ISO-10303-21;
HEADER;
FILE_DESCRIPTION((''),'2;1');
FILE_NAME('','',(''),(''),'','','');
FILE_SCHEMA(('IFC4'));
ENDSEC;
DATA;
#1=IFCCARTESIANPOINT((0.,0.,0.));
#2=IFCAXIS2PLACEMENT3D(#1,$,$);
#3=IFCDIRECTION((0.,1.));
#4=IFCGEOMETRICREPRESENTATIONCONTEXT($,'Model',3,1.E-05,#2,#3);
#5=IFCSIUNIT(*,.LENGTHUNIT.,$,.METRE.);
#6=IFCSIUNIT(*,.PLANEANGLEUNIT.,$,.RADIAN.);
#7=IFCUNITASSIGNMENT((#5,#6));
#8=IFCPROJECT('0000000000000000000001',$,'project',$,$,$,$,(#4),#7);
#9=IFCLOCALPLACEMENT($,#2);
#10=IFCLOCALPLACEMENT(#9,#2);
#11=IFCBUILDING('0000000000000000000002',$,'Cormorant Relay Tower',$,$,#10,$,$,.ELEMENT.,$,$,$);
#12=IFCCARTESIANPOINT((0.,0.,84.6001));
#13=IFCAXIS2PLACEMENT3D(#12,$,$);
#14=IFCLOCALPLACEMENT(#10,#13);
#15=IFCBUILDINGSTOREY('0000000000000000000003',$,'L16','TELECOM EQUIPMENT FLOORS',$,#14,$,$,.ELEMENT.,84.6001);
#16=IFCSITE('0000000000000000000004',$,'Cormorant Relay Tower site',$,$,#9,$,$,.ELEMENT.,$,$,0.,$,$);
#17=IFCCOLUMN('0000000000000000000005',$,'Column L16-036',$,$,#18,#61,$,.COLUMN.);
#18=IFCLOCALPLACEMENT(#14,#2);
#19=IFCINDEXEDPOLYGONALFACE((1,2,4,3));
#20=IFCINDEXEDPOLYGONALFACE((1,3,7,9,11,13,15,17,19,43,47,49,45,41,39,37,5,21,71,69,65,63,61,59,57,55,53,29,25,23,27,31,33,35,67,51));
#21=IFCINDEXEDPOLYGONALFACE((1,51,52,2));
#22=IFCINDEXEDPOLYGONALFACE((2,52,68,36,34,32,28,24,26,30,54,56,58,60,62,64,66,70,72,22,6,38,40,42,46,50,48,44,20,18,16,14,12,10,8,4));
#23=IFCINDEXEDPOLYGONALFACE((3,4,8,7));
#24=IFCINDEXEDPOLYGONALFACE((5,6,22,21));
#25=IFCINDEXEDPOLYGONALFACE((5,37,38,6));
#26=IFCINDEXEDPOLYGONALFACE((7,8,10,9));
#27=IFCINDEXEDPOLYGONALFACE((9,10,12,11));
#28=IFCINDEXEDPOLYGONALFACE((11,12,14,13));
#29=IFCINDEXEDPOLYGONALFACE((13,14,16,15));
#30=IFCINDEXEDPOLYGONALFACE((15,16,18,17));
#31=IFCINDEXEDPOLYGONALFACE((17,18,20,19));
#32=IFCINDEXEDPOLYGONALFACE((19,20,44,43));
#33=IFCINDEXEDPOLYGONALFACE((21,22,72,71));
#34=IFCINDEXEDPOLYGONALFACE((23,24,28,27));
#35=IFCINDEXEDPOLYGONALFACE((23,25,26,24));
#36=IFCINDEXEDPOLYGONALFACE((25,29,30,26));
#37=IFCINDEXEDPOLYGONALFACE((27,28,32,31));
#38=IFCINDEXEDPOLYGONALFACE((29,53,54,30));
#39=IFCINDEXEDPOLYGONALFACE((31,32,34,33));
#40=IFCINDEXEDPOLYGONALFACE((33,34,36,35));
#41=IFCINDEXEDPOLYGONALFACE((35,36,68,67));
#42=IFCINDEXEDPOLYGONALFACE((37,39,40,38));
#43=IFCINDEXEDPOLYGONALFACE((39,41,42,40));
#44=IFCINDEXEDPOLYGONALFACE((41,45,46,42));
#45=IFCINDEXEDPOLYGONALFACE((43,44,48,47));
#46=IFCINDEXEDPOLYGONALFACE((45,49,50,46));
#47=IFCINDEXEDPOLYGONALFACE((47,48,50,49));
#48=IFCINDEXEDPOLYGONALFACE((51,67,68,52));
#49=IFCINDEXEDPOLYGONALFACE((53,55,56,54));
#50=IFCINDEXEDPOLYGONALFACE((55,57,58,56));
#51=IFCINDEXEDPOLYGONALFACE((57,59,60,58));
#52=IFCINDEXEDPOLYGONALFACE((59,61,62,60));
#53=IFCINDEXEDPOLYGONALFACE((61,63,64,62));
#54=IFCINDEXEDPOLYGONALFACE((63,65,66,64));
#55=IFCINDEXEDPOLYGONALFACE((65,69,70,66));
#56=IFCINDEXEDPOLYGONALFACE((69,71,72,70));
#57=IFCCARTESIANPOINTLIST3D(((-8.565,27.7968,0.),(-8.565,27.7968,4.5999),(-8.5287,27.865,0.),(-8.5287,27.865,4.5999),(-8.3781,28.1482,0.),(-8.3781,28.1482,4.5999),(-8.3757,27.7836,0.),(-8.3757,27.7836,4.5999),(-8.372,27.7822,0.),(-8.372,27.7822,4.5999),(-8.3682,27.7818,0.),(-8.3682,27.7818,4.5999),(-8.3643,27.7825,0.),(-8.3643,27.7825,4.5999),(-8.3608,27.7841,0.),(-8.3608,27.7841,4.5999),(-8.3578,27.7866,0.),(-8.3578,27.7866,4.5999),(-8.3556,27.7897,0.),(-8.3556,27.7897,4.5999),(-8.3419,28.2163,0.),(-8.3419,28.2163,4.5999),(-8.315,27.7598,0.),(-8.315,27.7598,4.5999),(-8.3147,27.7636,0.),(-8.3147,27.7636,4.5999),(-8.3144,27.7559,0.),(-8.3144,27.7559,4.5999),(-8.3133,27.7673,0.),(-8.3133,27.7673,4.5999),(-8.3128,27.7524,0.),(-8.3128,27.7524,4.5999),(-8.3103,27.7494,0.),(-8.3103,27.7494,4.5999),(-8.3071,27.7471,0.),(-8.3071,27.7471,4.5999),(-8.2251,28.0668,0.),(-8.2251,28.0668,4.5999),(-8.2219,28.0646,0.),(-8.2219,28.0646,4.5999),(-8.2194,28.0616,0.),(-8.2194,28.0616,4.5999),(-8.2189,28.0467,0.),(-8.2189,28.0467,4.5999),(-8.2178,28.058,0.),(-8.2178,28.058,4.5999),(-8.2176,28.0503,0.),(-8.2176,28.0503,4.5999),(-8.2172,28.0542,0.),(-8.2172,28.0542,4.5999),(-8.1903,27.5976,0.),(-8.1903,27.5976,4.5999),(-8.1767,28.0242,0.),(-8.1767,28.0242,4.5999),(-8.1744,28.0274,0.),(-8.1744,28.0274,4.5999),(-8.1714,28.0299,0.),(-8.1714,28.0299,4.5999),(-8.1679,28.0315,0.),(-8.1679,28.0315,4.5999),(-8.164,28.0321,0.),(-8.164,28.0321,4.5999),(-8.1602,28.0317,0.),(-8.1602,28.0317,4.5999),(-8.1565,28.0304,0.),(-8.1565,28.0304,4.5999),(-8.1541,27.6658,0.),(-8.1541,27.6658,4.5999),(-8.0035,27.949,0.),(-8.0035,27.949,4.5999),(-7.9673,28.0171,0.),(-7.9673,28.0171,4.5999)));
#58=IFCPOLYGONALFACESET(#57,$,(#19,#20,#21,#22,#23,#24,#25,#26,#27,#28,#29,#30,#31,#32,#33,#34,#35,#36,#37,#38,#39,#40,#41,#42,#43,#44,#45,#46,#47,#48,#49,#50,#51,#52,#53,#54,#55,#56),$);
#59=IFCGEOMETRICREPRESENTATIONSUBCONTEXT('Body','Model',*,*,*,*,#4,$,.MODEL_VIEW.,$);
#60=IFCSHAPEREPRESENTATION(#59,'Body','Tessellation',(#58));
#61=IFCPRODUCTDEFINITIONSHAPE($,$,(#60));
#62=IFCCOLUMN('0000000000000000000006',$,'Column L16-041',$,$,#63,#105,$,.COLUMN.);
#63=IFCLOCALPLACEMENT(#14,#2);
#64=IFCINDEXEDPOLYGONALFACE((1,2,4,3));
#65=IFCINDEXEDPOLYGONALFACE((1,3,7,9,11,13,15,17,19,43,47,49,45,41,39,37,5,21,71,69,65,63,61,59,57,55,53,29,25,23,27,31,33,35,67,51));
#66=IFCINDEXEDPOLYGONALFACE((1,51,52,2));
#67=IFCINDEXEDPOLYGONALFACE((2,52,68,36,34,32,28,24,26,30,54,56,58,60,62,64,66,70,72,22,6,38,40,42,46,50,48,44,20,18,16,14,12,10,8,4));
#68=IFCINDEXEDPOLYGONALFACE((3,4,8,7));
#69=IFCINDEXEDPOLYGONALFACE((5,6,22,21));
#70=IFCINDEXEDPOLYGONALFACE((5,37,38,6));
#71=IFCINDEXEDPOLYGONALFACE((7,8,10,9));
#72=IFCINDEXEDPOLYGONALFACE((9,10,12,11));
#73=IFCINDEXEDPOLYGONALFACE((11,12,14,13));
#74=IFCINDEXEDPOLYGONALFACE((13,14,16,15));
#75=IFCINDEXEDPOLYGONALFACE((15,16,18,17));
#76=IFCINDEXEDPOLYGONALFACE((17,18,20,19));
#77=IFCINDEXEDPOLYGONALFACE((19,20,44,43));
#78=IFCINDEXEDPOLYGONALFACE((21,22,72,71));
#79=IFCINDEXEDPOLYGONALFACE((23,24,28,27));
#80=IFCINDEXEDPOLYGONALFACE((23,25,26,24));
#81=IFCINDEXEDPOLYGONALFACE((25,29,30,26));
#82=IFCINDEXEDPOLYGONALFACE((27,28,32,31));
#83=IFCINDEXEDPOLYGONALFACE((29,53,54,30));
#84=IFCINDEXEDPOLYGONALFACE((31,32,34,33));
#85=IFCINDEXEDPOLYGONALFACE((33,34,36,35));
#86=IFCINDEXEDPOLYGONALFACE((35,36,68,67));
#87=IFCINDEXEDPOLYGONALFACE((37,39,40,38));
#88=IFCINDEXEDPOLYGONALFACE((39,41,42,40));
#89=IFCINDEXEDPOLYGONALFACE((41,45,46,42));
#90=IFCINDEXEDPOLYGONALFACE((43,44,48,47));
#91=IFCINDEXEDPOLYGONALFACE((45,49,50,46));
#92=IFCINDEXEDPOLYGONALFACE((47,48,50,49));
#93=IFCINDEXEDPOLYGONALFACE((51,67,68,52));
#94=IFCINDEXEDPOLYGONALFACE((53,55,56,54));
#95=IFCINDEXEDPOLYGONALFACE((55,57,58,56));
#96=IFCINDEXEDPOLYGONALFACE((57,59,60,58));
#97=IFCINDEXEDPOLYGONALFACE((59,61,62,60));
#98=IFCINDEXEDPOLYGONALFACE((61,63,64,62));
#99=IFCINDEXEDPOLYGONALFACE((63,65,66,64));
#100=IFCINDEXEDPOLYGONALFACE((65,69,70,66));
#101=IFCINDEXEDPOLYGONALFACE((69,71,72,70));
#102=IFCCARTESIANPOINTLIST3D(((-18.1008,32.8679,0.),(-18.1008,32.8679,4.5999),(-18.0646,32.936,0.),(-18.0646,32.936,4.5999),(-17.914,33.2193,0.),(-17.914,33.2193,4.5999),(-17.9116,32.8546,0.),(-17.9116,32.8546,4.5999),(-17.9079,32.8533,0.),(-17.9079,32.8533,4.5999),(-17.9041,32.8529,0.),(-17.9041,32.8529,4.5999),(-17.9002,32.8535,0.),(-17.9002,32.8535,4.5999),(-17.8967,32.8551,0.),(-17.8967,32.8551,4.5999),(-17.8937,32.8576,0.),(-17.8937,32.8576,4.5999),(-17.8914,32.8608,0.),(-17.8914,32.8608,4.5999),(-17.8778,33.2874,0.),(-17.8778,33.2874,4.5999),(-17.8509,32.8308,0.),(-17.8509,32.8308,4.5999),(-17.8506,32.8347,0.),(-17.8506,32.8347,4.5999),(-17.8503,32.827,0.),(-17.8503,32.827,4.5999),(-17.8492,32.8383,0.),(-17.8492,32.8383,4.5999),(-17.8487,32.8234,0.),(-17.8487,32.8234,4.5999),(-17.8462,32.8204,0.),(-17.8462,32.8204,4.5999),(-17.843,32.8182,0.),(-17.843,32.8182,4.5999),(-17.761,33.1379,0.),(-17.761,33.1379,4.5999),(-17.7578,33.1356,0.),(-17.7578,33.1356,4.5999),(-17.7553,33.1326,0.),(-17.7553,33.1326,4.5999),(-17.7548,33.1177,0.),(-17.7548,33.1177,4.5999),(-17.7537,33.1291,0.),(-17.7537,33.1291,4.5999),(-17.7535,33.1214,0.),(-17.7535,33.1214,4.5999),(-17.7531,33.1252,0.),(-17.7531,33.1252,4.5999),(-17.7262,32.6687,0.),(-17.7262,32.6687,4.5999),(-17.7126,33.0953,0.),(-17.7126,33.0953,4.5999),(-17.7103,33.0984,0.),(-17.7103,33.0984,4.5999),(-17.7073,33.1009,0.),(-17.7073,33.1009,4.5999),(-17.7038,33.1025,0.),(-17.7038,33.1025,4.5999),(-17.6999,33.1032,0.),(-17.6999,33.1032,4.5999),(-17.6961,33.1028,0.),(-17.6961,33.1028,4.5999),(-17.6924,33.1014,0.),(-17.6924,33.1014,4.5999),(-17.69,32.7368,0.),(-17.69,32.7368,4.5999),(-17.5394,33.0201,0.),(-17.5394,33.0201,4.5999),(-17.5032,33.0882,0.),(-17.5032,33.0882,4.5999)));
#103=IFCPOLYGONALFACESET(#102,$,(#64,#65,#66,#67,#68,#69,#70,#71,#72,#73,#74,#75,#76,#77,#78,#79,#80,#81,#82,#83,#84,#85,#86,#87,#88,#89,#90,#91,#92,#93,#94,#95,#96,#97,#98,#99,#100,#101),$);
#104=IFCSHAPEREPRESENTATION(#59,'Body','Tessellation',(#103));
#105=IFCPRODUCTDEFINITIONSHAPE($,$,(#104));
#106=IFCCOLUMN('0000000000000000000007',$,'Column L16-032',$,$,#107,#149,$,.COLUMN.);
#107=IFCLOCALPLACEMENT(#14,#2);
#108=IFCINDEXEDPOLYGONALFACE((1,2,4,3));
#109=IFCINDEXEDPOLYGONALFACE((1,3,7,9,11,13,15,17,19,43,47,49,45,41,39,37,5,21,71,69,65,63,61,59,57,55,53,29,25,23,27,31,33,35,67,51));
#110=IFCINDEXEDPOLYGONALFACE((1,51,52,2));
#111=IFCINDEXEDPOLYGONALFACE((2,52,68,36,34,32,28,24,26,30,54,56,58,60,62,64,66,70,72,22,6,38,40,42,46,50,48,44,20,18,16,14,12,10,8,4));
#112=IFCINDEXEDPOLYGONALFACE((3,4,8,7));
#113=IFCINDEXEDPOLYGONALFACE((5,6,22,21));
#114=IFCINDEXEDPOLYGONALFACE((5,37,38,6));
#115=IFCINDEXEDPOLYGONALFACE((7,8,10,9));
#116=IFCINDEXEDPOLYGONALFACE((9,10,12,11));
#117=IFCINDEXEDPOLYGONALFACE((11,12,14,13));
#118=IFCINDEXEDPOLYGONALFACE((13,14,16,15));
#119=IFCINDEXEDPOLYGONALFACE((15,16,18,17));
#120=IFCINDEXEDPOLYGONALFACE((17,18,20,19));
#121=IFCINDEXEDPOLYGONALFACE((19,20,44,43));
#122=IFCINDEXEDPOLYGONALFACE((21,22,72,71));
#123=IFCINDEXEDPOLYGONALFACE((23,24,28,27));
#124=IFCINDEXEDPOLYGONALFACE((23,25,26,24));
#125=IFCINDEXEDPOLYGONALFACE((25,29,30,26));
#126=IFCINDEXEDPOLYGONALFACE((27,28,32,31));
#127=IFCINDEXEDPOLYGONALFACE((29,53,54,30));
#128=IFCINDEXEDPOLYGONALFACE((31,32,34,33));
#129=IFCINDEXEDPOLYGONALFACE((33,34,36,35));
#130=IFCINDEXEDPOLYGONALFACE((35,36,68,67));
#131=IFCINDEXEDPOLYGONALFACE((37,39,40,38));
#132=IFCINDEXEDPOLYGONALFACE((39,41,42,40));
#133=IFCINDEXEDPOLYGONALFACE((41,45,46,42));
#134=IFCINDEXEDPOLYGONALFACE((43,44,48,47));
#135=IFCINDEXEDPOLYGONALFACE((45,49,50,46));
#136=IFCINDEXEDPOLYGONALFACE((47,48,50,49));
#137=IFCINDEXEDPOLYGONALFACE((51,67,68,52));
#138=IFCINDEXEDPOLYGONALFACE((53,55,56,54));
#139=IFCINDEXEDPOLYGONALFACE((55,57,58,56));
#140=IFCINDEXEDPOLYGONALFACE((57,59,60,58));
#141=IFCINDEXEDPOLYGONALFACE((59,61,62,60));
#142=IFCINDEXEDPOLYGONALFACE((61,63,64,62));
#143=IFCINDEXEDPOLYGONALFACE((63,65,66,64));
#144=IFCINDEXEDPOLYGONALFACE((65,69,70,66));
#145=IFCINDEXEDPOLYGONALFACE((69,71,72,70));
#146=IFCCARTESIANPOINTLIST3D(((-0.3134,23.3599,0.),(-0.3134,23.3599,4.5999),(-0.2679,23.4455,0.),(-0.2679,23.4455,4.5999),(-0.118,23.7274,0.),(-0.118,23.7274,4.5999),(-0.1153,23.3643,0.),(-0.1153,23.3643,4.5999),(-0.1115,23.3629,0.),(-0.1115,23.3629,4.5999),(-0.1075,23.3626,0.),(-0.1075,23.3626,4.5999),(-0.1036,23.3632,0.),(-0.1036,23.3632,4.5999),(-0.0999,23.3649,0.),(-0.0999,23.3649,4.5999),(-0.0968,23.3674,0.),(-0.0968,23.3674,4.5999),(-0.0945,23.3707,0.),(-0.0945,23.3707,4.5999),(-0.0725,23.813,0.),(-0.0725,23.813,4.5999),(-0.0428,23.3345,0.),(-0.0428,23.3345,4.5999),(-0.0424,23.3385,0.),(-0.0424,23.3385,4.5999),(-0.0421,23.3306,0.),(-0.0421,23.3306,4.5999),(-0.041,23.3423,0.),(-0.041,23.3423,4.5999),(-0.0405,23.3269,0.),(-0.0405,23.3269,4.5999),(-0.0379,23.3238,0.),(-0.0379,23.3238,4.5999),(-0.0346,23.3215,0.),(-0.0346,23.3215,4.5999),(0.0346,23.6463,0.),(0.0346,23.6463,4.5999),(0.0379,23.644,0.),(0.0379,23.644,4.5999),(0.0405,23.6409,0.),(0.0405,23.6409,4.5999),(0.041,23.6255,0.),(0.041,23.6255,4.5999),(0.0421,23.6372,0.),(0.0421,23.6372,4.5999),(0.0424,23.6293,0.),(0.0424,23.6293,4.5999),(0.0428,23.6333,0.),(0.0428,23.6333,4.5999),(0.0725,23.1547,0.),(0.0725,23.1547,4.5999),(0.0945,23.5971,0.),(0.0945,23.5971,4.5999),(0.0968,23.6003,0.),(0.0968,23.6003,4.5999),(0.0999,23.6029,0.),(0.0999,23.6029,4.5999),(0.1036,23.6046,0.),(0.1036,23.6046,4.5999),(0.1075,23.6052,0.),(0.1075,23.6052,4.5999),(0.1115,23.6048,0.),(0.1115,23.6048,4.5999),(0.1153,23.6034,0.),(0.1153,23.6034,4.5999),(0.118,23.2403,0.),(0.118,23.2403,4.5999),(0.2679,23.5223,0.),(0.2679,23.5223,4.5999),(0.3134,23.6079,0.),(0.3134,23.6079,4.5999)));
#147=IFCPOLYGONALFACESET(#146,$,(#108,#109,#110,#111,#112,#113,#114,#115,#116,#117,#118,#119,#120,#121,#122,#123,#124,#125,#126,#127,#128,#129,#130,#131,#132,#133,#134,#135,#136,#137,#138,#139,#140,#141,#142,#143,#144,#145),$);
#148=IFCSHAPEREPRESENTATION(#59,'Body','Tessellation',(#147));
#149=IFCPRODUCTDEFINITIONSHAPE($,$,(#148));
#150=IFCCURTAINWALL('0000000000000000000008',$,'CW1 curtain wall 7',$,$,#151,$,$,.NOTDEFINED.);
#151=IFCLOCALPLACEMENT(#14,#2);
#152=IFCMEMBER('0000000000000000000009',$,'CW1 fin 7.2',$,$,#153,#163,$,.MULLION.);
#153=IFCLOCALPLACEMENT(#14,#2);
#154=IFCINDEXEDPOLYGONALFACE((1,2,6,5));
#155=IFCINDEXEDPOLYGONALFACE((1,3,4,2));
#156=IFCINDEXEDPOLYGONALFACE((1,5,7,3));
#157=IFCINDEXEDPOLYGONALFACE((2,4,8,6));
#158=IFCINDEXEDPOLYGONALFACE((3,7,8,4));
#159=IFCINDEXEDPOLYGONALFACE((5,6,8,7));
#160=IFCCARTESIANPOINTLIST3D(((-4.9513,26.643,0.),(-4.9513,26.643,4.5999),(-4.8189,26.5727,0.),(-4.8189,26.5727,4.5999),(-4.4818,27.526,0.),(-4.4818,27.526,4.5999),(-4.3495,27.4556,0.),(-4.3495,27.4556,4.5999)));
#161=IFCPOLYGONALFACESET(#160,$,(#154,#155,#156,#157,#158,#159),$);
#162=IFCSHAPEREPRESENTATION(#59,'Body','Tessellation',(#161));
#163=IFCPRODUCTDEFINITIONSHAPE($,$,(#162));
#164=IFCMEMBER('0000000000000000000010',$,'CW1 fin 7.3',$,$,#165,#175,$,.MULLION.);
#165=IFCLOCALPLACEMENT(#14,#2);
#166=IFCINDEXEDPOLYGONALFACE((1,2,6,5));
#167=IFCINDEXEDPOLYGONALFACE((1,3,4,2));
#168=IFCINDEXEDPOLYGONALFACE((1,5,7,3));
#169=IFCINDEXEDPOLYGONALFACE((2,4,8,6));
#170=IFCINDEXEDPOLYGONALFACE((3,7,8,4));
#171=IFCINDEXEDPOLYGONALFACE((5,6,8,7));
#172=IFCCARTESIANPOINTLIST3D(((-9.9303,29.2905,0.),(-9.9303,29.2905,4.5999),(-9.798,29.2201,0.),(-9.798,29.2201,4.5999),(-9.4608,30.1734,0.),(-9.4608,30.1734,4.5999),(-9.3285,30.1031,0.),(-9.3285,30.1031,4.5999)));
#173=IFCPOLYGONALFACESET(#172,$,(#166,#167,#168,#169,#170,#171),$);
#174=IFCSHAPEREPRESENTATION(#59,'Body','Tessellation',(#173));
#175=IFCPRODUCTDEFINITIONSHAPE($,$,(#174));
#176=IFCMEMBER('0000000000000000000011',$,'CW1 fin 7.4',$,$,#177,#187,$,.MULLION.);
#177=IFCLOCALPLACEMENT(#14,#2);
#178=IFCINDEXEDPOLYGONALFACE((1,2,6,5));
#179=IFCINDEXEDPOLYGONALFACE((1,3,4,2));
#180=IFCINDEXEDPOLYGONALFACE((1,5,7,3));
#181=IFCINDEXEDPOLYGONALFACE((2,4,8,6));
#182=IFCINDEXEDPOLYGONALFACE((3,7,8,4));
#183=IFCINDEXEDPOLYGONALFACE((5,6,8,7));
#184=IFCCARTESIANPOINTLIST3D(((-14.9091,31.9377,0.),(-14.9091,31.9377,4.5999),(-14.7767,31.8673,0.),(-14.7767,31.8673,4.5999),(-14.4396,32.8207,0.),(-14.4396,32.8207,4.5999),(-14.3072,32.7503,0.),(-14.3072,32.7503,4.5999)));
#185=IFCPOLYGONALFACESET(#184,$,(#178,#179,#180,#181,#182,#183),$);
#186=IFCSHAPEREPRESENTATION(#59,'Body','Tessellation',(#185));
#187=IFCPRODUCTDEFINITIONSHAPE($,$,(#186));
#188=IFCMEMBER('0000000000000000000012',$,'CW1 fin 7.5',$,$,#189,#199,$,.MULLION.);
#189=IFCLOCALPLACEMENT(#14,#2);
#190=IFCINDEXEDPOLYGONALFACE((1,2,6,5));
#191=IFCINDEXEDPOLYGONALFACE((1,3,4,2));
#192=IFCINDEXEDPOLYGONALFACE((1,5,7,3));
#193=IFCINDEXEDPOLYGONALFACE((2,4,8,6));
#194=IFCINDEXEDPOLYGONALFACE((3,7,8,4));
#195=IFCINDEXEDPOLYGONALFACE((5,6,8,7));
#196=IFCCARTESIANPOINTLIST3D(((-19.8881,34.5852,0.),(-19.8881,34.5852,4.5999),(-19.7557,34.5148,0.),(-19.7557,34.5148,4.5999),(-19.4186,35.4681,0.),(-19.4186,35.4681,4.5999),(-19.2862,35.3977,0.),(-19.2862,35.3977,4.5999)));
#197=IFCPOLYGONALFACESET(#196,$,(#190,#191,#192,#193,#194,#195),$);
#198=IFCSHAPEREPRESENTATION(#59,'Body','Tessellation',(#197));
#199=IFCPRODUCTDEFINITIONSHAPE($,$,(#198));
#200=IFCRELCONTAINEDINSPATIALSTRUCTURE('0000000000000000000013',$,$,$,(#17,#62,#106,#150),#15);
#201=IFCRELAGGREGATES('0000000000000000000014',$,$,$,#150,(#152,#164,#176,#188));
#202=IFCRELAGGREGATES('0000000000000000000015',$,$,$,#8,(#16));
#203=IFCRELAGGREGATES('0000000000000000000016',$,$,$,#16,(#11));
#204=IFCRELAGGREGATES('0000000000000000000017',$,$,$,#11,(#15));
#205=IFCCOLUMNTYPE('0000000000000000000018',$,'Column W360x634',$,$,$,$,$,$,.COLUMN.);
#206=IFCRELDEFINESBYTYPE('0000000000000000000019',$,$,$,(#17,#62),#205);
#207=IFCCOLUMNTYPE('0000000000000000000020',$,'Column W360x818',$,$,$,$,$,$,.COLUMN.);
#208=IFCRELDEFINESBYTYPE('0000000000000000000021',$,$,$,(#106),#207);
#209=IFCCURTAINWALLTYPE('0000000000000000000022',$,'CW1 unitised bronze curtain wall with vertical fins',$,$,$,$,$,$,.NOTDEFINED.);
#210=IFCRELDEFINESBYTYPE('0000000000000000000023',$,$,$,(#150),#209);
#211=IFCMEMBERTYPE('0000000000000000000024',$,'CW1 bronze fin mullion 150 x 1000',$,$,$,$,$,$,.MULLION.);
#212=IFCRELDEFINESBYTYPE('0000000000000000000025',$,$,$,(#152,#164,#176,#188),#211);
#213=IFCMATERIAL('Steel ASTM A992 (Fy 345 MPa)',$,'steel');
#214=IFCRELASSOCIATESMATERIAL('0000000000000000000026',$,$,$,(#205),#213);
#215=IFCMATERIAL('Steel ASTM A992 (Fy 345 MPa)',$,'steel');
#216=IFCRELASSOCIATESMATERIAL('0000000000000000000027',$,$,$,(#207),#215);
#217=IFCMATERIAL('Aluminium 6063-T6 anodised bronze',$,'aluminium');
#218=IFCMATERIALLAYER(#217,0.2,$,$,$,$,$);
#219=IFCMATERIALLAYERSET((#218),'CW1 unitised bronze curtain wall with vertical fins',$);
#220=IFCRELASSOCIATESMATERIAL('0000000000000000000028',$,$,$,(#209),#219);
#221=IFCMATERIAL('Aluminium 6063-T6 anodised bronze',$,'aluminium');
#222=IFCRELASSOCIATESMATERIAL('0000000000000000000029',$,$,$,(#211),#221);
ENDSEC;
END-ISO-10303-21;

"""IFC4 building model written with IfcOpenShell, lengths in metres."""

from ifc_helpers import new_model, si_unit, direction, frame, origin, origin_2d, place, context, subcontext, project, spatial, rectangle, i_section, extrude, material, layer, layer_set, material_profile, profile_set, type_object, element, aggregate, save


model = new_model("IFC4")

# Units and contexts
model_context = context("Model", 3, precision=1e-05, world=origin(), true_north=direction((0.0, 1.0)))
body_context = subcontext(model_context, "Body", "Model", "MODEL_VIEW")
ifc_project = project(units=[si_unit("LENGTHUNIT", "METRE"), si_unit("PLANEANGLEUNIT", "RADIAN")], contexts=[model_context])

# Site, building, storey
site_placement = place(None, origin())
site = spatial("IfcSite", under=ifc_project, at=site_placement, Name="Cormorant Relay Tower site", CompositionType="ELEMENT", RefElevation=0.0)
building_placement = place(site_placement, origin())
building = spatial("IfcBuilding", under=site, at=building_placement, Name="Cormorant Relay Tower", CompositionType="ELEMENT")
storey_placement = place(building_placement, frame((0.0, 0.0, 84.6001)))
storey = spatial("IfcBuildingStorey", under=building, at=storey_placement, Name="L16", Description="TELECOM EQUIPMENT FLOORS", CompositionType="ELEMENT", Elevation=84.6001)

# Columns
ifc_material_1 = material(Name="Steel ASTM A992 (Fy 345 MPa)", Category="steel")
ifc_material_profile_1 = material_profile(ifc_material_1, i_section(OverallWidth=0.4243, OverallDepth=0.4751, WebThickness=0.0479, FlangeThickness=0.0771, FilletRadius=0.0149, at=origin_2d()), Name="W360x634")
ifc_profile_set_1 = profile_set([ifc_material_profile_1], Name="Steel ASTM A992 (Fy 345 MPa)")
column_type_1 = type_object("IfcColumnType", Name="Column W360x634", PredefinedType="COLUMN", material=ifc_profile_set_1)
for number, where, z_axis, x_axis, name in (
    (1, (-8.2661, 27.907, 0.0), (0.0, 0.0, 1.0), (-0.882948, 0.469472, 0.0), "Column L16-036"),
    (2, (-17.802, 32.978, 0.0), (0.0, 0.0, 1.0), (-0.882948, 0.469472, 0.0), "Column L16-041"),
):
    element("IfcColumn", number, at=place(storey_placement, frame(where, z_axis=z_axis, x_axis=x_axis)), inside=storey, type_object=column_type_1, Name=name, PredefinedType="COLUMN", context=body_context, shape_type="SweptSolid", body=[
        extrude(i_section(OverallWidth=0.4243, OverallDepth=0.4751, WebThickness=0.0479, FlangeThickness=0.0771, FilletRadius=0.0149, at=origin_2d()), origin(), (0.0, 0.0, 1.0), 4.5999),
    ])
ifc_material_2 = material(Name="Steel ASTM A992 (Fy 345 MPa)", Category="steel")
ifc_material_profile_2 = material_profile(ifc_material_2, i_section(OverallWidth=0.437, OverallDepth=0.5132, WebThickness=0.0605, FlangeThickness=0.0969, FilletRadius=0.0154, at=origin_2d()), Name="W360x818")
ifc_profile_set_2 = profile_set([ifc_material_profile_2], Name="Steel ASTM A992 (Fy 345 MPa)")
column_type_2 = type_object("IfcColumnType", Name="Column W360x818", PredefinedType="COLUMN", material=ifc_profile_set_2)
column_placement = place(storey_placement, frame((0.0, 23.4839, 0.0), z_axis=(0.0, 0.0, 1.0), x_axis=(-0.882948, 0.469472, 0.0)))
element("IfcColumn", 3, at=column_placement, inside=storey, type_object=column_type_2, Name="Column L16-032", PredefinedType="COLUMN", context=body_context, shape_type="SweptSolid", body=[
    extrude(i_section(OverallWidth=0.437, OverallDepth=0.5132, WebThickness=0.0605, FlangeThickness=0.0969, FilletRadius=0.0154, at=origin_2d()), origin(), (0.0, 0.0, 1.0), 4.5999),
])

# Curtain wall, members
ifc_material_3 = material(Name="Aluminium 6063-T6 anodised bronze", Category="aluminium")
ifc_layer_1 = layer(ifc_material_3, 0.2)
ifc_layer_set_1 = layer_set([ifc_layer_1], Name="CW1 unitised bronze curtain wall with vertical fins")
curtain_wall_type = type_object("IfcCurtainWallType", Name="CW1 unitised bronze curtain wall with vertical fins", PredefinedType="NOTDEFINED", material=ifc_layer_set_1)
curtain_wall_placement = place(storey_placement, origin())
curtain_wall = element("IfcCurtainWall", 4, at=curtain_wall_placement, inside=storey, type_object=curtain_wall_type, Name="CW1 curtain wall 7", PredefinedType="NOTDEFINED")
ifc_material_4 = material(Name="Aluminium 6063-T6 anodised bronze", Category="aluminium")
ifc_material_profile_3 = material_profile(ifc_material_4, rectangle(XDim=0.1499, YDim=1.0, at=origin_2d()), Name="AL 150x1000")
ifc_profile_set_3 = profile_set([ifc_material_profile_3], Name="Aluminium 6063-T6 anodised bronze")
member_type = type_object("IfcMemberType", Name="CW1 bronze fin mullion 150 x 1000", PredefinedType="MULLION", material=ifc_profile_set_3)
member_1_placement = place(storey_placement, frame((-4.6504, 27.0493, 0.0), z_axis=(0.0, 0.0, 1.0), x_axis=(-0.882948, 0.469472, 0.0)))
member_1 = element("IfcMember", 5, at=member_1_placement, type_object=member_type, Name="CW1 fin 7.2", PredefinedType="MULLION", context=body_context, shape_type="SweptSolid", body=[
    extrude(rectangle(XDim=0.1499, YDim=1.0, at=origin_2d()), origin(), (0.0, 0.0, 1.0), 4.5999),
])
member_2_placement = place(storey_placement, frame((-9.6294, 29.6968, 0.0), z_axis=(0.0, 0.0, 1.0), x_axis=(-0.882948, 0.469472, 0.0)))
member_2 = element("IfcMember", 6, at=member_2_placement, type_object=member_type, Name="CW1 fin 7.3", PredefinedType="MULLION", context=body_context, shape_type="SweptSolid", body=[
    extrude(rectangle(XDim=0.1499, YDim=1.0, at=origin_2d()), origin(), (0.0, 0.0, 1.0), 4.5999),
])
member_3_placement = place(storey_placement, frame((-14.6082, 32.344, 0.0), z_axis=(0.0, 0.0, 1.0), x_axis=(-0.882948, 0.469472, 0.0)))
member_3 = element("IfcMember", 7, at=member_3_placement, type_object=member_type, Name="CW1 fin 7.4", PredefinedType="MULLION", context=body_context, shape_type="SweptSolid", body=[
    extrude(rectangle(XDim=0.1499, YDim=1.0, at=origin_2d()), origin(), (0.0, 0.0, 1.0), 4.5999),
])
member_4_placement = place(storey_placement, frame((-19.5872, 34.9915, 0.0), z_axis=(0.0, 0.0, 1.0), x_axis=(-0.882948, 0.469472, 0.0)))
member_4 = element("IfcMember", 8, at=member_4_placement, type_object=member_type, Name="CW1 fin 7.5", PredefinedType="MULLION", context=body_context, shape_type="SweptSolid", body=[
    extrude(rectangle(XDim=0.1499, YDim=1.0, at=origin_2d()), origin(), (0.0, 0.0, 1.0), 4.5999),
])

aggregate(curtain_wall, [member_1, member_2, member_3, member_4])

save(model, "model.ifc")
